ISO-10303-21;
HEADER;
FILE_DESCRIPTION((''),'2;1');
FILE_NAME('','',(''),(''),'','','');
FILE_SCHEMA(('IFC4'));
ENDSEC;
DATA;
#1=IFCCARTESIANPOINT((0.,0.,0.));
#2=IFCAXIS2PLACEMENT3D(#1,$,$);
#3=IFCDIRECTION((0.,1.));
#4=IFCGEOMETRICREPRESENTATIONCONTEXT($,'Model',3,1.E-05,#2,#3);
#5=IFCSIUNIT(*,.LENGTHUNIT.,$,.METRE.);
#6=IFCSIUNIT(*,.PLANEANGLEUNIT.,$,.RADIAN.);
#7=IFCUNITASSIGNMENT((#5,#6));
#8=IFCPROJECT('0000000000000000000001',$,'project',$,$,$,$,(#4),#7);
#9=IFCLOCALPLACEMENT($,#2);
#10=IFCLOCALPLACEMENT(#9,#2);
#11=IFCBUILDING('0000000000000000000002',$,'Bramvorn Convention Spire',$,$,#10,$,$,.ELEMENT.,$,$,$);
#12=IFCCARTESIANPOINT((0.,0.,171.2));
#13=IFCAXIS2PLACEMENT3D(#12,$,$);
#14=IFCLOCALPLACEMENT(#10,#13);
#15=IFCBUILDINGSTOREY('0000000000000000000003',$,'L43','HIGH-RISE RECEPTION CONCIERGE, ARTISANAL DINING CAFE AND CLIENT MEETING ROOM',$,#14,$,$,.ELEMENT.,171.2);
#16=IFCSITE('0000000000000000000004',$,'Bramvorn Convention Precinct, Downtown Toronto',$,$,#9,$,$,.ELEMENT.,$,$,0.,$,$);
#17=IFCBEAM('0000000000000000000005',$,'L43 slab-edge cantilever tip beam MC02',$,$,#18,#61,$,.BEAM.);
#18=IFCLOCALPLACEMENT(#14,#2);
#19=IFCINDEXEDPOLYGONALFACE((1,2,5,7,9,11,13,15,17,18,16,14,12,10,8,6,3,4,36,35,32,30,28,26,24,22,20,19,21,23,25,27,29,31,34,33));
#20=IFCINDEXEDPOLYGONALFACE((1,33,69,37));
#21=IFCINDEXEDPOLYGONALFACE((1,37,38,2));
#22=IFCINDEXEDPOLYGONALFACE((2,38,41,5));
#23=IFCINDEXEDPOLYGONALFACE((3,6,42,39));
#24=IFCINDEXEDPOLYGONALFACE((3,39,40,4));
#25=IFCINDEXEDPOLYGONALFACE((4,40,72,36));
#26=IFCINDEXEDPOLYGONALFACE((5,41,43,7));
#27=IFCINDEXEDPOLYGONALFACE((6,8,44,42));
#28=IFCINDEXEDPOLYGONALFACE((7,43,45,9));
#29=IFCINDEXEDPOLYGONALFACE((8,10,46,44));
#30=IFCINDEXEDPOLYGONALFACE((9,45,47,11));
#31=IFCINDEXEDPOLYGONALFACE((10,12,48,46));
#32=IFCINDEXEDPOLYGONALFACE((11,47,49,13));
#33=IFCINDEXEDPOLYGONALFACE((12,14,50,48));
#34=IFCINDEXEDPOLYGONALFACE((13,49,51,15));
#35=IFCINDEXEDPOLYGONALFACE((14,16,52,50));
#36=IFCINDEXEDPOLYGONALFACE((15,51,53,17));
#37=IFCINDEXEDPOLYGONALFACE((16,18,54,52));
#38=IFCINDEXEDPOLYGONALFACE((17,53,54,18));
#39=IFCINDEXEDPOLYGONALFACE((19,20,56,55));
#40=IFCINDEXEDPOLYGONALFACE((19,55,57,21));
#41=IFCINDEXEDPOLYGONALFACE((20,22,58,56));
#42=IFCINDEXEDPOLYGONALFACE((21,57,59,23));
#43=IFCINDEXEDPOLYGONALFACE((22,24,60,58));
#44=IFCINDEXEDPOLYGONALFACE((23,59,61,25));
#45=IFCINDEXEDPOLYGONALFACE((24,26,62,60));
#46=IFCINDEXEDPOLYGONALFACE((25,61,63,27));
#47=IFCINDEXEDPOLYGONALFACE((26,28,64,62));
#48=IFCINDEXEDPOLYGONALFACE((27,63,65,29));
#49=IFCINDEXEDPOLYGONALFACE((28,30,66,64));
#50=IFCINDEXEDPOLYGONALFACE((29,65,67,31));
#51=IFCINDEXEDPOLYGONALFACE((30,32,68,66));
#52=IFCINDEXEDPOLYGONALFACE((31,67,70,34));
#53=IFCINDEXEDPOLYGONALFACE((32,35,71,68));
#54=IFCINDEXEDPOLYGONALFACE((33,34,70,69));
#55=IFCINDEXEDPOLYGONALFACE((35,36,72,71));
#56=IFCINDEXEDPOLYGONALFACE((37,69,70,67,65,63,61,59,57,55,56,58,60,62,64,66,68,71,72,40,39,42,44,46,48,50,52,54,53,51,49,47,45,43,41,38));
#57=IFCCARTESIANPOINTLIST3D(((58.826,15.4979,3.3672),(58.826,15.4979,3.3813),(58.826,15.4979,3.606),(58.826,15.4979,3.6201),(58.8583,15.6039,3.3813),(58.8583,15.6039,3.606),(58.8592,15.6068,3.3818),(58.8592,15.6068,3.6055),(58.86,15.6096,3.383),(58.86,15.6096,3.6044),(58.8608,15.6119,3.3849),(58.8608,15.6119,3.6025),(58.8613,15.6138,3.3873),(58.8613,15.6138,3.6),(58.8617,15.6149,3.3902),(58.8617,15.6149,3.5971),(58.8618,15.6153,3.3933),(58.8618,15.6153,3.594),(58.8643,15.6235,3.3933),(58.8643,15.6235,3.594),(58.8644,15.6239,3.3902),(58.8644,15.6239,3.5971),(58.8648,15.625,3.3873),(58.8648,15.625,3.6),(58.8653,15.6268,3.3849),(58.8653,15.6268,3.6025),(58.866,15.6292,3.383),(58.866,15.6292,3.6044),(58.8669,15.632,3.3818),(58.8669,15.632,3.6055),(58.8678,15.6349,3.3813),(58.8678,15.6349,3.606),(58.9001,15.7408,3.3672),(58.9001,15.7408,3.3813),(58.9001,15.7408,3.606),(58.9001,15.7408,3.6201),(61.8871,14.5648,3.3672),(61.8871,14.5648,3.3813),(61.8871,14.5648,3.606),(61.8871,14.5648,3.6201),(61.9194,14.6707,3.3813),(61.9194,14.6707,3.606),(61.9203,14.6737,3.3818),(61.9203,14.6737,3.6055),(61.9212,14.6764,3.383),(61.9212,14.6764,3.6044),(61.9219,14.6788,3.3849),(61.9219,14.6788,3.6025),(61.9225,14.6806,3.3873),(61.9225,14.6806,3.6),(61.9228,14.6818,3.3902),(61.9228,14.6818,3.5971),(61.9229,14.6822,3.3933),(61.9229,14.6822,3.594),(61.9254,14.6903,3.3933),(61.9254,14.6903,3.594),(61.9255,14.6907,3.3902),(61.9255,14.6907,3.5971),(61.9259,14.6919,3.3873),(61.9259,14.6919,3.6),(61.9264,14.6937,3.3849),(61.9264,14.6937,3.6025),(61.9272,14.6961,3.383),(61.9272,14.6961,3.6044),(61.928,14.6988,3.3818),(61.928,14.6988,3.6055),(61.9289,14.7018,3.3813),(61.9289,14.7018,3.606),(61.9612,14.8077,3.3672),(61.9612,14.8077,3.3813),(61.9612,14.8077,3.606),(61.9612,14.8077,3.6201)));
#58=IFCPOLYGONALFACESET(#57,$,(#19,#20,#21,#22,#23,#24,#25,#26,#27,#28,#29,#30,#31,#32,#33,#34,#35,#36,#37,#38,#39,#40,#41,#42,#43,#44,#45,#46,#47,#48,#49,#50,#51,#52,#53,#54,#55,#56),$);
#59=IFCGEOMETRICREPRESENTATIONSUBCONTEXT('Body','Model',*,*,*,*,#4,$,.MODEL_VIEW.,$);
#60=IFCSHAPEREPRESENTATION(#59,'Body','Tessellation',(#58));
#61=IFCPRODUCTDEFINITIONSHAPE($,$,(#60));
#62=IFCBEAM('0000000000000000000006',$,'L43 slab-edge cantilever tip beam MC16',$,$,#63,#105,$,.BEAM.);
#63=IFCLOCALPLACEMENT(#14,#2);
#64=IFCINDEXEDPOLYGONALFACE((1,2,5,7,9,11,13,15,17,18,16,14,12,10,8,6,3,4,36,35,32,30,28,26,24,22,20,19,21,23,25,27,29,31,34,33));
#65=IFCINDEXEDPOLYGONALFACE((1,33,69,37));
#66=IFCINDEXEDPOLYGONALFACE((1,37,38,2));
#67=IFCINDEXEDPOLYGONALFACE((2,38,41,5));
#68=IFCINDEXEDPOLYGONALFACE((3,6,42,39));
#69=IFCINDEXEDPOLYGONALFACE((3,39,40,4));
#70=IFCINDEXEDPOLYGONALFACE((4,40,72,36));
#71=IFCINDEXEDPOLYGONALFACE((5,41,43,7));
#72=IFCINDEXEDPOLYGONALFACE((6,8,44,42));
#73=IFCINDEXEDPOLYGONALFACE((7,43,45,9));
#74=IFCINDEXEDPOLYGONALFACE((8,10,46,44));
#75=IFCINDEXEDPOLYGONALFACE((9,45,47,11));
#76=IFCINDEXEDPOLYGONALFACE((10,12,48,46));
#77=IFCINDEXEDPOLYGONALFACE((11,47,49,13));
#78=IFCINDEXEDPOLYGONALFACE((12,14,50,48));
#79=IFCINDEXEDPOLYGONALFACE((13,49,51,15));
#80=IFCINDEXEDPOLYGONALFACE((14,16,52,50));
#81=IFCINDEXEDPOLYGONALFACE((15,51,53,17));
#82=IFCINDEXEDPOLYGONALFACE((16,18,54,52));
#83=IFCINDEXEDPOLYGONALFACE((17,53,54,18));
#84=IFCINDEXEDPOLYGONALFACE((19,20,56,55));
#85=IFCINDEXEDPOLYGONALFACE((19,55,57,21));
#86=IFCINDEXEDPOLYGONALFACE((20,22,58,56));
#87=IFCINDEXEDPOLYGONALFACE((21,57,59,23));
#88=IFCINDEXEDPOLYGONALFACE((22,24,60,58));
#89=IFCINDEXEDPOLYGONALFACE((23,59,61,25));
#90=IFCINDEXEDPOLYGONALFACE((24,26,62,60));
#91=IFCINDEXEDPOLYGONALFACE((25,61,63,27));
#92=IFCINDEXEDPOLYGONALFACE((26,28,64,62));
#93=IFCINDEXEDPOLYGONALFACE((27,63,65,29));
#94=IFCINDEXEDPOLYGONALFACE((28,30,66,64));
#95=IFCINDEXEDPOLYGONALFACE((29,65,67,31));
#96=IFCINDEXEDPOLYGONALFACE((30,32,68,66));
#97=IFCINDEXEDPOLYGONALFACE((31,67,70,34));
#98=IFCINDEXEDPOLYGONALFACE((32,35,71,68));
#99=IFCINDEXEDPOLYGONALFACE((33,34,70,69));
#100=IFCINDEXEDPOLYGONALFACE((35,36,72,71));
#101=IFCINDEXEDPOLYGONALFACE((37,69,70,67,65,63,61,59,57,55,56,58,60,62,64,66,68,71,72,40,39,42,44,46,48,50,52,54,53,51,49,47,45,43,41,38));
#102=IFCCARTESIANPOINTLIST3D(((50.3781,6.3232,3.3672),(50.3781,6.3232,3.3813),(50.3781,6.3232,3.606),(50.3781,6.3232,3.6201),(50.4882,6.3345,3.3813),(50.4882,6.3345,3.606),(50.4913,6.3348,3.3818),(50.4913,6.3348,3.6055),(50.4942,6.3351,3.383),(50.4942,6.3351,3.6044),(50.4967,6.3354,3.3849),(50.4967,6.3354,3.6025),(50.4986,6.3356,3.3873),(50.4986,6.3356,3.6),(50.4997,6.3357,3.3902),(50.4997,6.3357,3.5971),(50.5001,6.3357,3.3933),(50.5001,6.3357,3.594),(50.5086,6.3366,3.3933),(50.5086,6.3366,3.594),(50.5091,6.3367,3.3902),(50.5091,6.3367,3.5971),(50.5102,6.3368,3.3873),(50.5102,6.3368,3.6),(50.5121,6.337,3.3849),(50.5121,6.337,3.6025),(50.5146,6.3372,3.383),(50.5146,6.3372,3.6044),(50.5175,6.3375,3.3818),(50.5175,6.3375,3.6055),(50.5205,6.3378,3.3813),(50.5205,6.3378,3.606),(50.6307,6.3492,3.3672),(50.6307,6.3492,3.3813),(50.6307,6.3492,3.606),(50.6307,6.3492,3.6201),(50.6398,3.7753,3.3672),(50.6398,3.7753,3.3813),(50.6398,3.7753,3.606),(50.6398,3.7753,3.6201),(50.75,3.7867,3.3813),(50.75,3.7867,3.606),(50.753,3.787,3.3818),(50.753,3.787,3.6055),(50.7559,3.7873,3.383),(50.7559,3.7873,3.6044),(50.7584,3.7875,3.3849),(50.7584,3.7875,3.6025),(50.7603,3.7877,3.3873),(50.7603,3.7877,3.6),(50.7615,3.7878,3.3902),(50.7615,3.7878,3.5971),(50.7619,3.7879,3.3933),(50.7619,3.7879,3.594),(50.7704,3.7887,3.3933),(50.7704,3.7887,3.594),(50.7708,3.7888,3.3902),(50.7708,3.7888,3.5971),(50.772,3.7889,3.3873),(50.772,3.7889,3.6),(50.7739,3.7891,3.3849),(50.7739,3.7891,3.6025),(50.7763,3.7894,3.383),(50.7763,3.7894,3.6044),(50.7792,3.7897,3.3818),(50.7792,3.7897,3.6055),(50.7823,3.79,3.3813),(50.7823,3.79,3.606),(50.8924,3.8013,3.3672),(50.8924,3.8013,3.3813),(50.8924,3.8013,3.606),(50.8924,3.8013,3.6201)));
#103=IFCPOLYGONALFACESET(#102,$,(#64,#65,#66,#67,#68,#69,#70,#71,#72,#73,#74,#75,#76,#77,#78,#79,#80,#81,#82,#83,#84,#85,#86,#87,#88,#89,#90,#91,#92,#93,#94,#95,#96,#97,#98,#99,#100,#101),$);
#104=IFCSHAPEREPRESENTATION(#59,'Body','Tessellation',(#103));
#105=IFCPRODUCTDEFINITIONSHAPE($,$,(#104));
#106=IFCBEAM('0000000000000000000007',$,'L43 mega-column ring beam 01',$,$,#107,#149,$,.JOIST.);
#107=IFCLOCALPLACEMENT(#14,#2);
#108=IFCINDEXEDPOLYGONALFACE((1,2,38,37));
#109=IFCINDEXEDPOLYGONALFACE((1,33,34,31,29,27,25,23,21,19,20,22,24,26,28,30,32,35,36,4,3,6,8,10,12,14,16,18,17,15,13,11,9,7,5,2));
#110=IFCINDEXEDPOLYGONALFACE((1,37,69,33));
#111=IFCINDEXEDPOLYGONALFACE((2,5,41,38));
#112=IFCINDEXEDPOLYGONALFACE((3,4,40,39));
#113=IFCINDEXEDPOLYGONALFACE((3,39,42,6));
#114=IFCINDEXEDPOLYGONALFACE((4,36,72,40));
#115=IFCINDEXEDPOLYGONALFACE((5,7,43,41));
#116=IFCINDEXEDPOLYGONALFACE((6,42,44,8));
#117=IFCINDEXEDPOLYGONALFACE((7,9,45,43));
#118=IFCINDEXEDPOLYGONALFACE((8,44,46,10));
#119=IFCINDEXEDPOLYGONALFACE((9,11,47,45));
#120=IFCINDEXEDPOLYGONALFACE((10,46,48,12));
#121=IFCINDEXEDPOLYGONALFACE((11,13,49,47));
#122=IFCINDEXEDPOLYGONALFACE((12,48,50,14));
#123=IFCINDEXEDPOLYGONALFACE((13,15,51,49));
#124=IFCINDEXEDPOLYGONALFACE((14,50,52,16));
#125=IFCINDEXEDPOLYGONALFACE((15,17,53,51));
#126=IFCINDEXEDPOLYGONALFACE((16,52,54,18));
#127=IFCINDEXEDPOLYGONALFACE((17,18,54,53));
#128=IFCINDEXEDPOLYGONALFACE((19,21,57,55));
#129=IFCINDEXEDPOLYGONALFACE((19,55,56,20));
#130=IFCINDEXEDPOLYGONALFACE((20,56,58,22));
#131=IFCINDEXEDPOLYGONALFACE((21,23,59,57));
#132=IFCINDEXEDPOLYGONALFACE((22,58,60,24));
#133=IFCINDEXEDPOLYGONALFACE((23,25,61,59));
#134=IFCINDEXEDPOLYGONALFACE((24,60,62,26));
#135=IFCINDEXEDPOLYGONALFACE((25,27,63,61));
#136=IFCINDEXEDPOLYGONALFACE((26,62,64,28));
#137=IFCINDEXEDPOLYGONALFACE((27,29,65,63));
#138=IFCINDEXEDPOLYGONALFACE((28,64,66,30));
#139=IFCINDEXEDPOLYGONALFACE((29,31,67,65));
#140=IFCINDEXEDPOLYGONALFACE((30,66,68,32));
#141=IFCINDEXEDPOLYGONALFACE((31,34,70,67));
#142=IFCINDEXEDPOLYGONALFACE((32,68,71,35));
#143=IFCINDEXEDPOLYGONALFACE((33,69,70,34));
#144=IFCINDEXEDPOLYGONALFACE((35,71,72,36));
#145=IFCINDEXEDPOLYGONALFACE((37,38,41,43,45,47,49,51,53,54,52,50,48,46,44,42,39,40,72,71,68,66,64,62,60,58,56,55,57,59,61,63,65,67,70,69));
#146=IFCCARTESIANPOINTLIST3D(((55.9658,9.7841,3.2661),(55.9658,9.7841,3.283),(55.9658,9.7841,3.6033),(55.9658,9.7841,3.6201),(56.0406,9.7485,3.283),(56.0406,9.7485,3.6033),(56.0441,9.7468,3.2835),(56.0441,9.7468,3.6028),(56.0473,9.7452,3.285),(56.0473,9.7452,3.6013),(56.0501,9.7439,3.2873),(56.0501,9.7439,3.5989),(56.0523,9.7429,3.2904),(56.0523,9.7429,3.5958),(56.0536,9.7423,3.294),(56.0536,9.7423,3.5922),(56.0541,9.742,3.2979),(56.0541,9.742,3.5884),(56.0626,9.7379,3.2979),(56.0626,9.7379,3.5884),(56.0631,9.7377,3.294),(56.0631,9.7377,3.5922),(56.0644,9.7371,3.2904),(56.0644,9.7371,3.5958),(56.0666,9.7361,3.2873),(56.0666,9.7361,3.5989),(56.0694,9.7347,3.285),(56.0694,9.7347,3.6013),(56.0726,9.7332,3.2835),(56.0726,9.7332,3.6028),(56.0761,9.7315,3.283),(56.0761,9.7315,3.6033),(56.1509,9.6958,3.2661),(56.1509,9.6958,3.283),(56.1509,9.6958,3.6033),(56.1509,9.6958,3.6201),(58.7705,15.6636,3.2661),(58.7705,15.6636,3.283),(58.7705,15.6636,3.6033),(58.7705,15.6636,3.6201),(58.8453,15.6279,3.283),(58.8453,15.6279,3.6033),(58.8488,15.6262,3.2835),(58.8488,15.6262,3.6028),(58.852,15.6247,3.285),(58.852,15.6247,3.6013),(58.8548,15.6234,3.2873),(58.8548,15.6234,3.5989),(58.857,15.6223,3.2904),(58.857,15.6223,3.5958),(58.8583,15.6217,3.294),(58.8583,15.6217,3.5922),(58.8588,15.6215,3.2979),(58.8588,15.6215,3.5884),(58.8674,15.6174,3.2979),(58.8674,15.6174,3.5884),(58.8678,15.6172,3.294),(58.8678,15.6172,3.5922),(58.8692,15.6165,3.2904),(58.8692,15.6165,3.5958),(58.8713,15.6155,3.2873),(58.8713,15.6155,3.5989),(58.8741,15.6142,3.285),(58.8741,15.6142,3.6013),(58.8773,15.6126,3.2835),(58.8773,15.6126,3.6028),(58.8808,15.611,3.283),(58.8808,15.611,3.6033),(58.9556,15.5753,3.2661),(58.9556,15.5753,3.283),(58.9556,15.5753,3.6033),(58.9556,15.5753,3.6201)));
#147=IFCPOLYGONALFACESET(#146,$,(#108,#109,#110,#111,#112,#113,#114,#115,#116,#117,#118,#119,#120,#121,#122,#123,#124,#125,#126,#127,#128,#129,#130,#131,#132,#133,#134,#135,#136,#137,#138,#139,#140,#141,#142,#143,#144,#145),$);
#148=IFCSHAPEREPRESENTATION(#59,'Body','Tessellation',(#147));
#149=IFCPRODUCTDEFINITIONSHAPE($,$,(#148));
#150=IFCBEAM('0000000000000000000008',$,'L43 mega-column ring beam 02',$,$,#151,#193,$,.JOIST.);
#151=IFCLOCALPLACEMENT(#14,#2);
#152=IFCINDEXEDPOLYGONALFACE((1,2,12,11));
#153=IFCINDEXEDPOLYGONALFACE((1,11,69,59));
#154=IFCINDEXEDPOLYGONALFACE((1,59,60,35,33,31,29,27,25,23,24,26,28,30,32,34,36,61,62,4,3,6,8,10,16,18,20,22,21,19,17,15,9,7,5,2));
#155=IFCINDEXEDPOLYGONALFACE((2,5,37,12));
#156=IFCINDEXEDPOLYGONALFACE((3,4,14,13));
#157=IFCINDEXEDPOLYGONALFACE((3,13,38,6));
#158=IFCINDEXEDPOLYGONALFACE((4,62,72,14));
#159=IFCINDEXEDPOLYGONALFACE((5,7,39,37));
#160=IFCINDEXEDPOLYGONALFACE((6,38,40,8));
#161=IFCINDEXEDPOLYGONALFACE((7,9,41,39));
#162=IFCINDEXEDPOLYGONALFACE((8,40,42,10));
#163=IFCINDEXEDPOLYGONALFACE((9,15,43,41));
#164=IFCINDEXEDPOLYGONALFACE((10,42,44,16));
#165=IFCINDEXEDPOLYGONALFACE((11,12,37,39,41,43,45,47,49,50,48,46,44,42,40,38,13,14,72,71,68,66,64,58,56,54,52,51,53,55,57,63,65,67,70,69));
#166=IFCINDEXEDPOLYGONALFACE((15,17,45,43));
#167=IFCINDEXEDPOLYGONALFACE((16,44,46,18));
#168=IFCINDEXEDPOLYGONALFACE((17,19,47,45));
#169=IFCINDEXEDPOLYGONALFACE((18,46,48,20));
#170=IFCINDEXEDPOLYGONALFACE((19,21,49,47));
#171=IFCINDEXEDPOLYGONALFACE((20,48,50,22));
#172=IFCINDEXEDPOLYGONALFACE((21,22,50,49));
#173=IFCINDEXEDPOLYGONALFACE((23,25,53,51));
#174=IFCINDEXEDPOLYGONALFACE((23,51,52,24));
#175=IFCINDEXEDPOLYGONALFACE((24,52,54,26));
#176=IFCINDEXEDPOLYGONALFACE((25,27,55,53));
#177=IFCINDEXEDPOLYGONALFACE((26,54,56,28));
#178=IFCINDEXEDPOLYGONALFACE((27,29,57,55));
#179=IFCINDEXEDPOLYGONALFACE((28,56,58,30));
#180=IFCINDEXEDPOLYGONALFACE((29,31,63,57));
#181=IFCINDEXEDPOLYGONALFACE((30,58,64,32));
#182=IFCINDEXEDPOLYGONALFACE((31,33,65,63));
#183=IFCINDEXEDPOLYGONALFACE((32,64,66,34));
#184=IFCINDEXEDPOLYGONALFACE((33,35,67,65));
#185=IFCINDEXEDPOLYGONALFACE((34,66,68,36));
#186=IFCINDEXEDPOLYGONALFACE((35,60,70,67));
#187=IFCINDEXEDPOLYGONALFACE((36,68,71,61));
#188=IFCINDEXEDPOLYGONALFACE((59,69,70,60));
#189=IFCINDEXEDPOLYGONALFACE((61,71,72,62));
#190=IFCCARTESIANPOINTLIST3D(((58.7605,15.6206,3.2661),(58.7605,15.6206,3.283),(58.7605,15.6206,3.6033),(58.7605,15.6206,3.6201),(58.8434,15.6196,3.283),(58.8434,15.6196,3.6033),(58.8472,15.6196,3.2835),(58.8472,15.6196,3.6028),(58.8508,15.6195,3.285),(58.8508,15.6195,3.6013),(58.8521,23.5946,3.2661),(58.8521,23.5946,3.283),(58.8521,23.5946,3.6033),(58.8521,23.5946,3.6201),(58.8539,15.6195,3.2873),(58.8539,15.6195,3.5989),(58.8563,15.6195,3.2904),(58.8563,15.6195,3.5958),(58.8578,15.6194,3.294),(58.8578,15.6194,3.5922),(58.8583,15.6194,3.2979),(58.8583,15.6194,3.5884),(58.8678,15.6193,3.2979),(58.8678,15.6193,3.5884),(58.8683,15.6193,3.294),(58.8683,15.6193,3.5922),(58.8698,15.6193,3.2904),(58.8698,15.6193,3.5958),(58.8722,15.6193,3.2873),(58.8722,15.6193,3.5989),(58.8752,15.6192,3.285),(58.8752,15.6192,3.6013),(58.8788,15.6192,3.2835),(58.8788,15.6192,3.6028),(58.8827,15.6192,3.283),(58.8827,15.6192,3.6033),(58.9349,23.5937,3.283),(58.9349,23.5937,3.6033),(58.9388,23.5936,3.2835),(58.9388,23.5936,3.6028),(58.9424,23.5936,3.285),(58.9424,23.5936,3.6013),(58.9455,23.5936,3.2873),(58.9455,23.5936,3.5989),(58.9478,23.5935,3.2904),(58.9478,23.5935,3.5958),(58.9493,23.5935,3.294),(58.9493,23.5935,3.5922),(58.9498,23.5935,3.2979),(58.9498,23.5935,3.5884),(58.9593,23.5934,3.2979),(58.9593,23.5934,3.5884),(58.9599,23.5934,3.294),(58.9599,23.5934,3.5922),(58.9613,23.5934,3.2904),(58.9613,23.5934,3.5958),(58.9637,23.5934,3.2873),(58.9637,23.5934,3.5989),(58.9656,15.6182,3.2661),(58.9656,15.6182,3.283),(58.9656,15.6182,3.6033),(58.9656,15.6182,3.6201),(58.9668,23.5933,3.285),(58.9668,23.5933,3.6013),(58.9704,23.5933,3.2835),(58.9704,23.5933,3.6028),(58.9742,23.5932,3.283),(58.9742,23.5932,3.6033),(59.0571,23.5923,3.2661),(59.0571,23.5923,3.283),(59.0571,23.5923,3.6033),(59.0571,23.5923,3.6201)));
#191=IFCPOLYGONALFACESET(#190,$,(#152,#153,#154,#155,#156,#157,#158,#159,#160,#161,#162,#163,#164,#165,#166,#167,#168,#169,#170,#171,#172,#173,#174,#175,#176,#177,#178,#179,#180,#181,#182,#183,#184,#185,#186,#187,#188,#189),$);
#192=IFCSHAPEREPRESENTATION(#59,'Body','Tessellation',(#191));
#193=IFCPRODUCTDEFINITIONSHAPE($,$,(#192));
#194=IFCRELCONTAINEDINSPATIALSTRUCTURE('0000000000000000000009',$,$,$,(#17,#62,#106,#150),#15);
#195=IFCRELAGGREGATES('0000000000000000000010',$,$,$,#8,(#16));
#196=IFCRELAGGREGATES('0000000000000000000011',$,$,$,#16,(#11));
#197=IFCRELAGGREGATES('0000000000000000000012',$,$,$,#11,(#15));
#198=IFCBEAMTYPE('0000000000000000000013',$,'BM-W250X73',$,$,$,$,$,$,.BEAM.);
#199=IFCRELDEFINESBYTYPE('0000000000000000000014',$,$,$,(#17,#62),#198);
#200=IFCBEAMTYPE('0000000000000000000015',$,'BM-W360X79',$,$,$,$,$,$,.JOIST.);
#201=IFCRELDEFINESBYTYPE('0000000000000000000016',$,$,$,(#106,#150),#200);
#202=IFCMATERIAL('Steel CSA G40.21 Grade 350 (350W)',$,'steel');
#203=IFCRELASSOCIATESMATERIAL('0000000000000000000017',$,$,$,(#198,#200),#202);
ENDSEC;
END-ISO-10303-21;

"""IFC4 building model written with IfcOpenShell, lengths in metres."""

from ifc_helpers import new_model, si_unit, direction, frame, origin, origin_2d, place, context, subcontext, project, spatial, i_section, extrude, material, material_profile, profile_set, type_object, element, save


model = new_model("IFC4")

# Units and contexts
model_context = context("Model", 3, precision=1e-05, world=origin(), true_north=direction((0.0, 1.0)))
body_context = subcontext(model_context, "Body", "Model", "MODEL_VIEW")
ifc_project = project(units=[si_unit("LENGTHUNIT", "METRE"), si_unit("PLANEANGLEUNIT", "RADIAN")], contexts=[model_context])

# Site, building, storey
site_placement = place(None, origin())
site = spatial("IfcSite", under=ifc_project, at=site_placement, Name="Bramvorn Convention Precinct, Downtown Toronto", CompositionType="ELEMENT", RefElevation=0.0)
building_placement = place(site_placement, origin())
building = spatial("IfcBuilding", under=site, at=building_placement, Name="Bramvorn Convention Spire", CompositionType="ELEMENT")
storey_placement = place(building_placement, frame((0.0, 0.0, 171.2)))
storey = spatial("IfcBuildingStorey", under=building, at=storey_placement, Name="L43", Description="HIGH-RISE RECEPTION CONCIERGE, ARTISANAL DINING CAFE AND CLIENT MEETING ROOM", CompositionType="ELEMENT", Elevation=171.2)

# Shared definitions
ifc_material_1 = material(Name="Steel CSA G40.21 Grade 350 (350W)", Category="steel")

# Beams
ifc_material_profile_1 = material_profile(ifc_material_1, i_section(OverallWidth=0.2539, OverallDepth=0.2529, WebThickness=0.0085, FlangeThickness=0.0142, FilletRadius=0.012, at=origin_2d()))
ifc_profile_set_1 = profile_set([ifc_material_profile_1], Name="Steel CSA G40.21 Grade 350 (350W) - W250X73")
beam_type_1 = type_object("IfcBeamType", Name="BM-W250X73", PredefinedType="BEAM", material=ifc_profile_set_1)
beam_1_placement = place(storey_placement, frame((58.863, 15.6194, 3.4937), z_axis=(0.956544, -0.291587, 0.0), x_axis=(0.291587, 0.956544, 0.0)))
element("IfcBeam", 1, at=beam_1_placement, inside=storey, type_object=beam_type_1, Name="L43 slab-edge cantilever tip beam MC02", PredefinedType="BEAM", context=body_context, shape_type="SweptSolid", body=[
    extrude(i_section(OverallWidth=0.2539, OverallDepth=0.2529, WebThickness=0.0085, FlangeThickness=0.0142, FilletRadius=0.012, at=origin_2d()), origin(), (0.0, 0.0, 1.0), 3.2002),
])
beam_2_placement = place(storey_placement, frame((50.5044, 6.3362, 3.4937), z_axis=(0.102184, -0.994766, 0.0), x_axis=(0.994766, 0.102184, 0.0)))
element("IfcBeam", 2, at=beam_2_placement, inside=storey, type_object=beam_type_1, Name="L43 slab-edge cantilever tip beam MC16", PredefinedType="BEAM", context=body_context, shape_type="SweptSolid", body=[
    extrude(i_section(OverallWidth=0.2539, OverallDepth=0.2529, WebThickness=0.0085, FlangeThickness=0.0142, FilletRadius=0.012, at=origin_2d()), origin(), (0.0, 0.0, 1.0), 2.5613),
])
ifc_material_profile_2 = material_profile(ifc_material_1, i_section(OverallWidth=0.2051, OverallDepth=0.354, WebThickness=0.0095, FlangeThickness=0.0168, FilletRadius=0.0149, at=origin_2d()))
ifc_profile_set_2 = profile_set([ifc_material_profile_2], Name="Steel CSA G40.21 Grade 350 (350W) - W360X79")
beam_type_2 = type_object("IfcBeamType", Name="BM-W360X79", PredefinedType="JOIST", material=ifc_profile_set_2)
beam_3_placement = place(storey_placement, frame((56.0583, 9.74, 3.4431), z_axis=(0.430556, 0.902564, 0.0), x_axis=(-0.902564, 0.430556, 0.0)))
element("IfcBeam", 3, at=beam_3_placement, inside=storey, type_object=beam_type_2, Name="L43 mega-column ring beam 01", PredefinedType="JOIST", context=body_context, shape_type="SweptSolid", body=[
    extrude(i_section(OverallWidth=0.2051, OverallDepth=0.354, WebThickness=0.0095, FlangeThickness=0.0168, FilletRadius=0.0149, at=origin_2d()), origin(), (0.0, 0.0, 1.0), 6.5142),
])
beam_4_placement = place(storey_placement, frame((58.863, 15.6194, 3.4431), z_axis=(0.01148, 0.999934, 0.0), x_axis=(-0.999934, 0.01148, 0.0)))
element("IfcBeam", 4, at=beam_4_placement, inside=storey, type_object=beam_type_2, Name="L43 mega-column ring beam 02", PredefinedType="JOIST", context=body_context, shape_type="SweptSolid", body=[
    extrude(i_section(OverallWidth=0.2051, OverallDepth=0.354, WebThickness=0.0095, FlangeThickness=0.0168, FilletRadius=0.0149, at=origin_2d()), origin(), (0.0, 0.0, 1.0), 7.9746),
])

save(model, "model.ifc")
